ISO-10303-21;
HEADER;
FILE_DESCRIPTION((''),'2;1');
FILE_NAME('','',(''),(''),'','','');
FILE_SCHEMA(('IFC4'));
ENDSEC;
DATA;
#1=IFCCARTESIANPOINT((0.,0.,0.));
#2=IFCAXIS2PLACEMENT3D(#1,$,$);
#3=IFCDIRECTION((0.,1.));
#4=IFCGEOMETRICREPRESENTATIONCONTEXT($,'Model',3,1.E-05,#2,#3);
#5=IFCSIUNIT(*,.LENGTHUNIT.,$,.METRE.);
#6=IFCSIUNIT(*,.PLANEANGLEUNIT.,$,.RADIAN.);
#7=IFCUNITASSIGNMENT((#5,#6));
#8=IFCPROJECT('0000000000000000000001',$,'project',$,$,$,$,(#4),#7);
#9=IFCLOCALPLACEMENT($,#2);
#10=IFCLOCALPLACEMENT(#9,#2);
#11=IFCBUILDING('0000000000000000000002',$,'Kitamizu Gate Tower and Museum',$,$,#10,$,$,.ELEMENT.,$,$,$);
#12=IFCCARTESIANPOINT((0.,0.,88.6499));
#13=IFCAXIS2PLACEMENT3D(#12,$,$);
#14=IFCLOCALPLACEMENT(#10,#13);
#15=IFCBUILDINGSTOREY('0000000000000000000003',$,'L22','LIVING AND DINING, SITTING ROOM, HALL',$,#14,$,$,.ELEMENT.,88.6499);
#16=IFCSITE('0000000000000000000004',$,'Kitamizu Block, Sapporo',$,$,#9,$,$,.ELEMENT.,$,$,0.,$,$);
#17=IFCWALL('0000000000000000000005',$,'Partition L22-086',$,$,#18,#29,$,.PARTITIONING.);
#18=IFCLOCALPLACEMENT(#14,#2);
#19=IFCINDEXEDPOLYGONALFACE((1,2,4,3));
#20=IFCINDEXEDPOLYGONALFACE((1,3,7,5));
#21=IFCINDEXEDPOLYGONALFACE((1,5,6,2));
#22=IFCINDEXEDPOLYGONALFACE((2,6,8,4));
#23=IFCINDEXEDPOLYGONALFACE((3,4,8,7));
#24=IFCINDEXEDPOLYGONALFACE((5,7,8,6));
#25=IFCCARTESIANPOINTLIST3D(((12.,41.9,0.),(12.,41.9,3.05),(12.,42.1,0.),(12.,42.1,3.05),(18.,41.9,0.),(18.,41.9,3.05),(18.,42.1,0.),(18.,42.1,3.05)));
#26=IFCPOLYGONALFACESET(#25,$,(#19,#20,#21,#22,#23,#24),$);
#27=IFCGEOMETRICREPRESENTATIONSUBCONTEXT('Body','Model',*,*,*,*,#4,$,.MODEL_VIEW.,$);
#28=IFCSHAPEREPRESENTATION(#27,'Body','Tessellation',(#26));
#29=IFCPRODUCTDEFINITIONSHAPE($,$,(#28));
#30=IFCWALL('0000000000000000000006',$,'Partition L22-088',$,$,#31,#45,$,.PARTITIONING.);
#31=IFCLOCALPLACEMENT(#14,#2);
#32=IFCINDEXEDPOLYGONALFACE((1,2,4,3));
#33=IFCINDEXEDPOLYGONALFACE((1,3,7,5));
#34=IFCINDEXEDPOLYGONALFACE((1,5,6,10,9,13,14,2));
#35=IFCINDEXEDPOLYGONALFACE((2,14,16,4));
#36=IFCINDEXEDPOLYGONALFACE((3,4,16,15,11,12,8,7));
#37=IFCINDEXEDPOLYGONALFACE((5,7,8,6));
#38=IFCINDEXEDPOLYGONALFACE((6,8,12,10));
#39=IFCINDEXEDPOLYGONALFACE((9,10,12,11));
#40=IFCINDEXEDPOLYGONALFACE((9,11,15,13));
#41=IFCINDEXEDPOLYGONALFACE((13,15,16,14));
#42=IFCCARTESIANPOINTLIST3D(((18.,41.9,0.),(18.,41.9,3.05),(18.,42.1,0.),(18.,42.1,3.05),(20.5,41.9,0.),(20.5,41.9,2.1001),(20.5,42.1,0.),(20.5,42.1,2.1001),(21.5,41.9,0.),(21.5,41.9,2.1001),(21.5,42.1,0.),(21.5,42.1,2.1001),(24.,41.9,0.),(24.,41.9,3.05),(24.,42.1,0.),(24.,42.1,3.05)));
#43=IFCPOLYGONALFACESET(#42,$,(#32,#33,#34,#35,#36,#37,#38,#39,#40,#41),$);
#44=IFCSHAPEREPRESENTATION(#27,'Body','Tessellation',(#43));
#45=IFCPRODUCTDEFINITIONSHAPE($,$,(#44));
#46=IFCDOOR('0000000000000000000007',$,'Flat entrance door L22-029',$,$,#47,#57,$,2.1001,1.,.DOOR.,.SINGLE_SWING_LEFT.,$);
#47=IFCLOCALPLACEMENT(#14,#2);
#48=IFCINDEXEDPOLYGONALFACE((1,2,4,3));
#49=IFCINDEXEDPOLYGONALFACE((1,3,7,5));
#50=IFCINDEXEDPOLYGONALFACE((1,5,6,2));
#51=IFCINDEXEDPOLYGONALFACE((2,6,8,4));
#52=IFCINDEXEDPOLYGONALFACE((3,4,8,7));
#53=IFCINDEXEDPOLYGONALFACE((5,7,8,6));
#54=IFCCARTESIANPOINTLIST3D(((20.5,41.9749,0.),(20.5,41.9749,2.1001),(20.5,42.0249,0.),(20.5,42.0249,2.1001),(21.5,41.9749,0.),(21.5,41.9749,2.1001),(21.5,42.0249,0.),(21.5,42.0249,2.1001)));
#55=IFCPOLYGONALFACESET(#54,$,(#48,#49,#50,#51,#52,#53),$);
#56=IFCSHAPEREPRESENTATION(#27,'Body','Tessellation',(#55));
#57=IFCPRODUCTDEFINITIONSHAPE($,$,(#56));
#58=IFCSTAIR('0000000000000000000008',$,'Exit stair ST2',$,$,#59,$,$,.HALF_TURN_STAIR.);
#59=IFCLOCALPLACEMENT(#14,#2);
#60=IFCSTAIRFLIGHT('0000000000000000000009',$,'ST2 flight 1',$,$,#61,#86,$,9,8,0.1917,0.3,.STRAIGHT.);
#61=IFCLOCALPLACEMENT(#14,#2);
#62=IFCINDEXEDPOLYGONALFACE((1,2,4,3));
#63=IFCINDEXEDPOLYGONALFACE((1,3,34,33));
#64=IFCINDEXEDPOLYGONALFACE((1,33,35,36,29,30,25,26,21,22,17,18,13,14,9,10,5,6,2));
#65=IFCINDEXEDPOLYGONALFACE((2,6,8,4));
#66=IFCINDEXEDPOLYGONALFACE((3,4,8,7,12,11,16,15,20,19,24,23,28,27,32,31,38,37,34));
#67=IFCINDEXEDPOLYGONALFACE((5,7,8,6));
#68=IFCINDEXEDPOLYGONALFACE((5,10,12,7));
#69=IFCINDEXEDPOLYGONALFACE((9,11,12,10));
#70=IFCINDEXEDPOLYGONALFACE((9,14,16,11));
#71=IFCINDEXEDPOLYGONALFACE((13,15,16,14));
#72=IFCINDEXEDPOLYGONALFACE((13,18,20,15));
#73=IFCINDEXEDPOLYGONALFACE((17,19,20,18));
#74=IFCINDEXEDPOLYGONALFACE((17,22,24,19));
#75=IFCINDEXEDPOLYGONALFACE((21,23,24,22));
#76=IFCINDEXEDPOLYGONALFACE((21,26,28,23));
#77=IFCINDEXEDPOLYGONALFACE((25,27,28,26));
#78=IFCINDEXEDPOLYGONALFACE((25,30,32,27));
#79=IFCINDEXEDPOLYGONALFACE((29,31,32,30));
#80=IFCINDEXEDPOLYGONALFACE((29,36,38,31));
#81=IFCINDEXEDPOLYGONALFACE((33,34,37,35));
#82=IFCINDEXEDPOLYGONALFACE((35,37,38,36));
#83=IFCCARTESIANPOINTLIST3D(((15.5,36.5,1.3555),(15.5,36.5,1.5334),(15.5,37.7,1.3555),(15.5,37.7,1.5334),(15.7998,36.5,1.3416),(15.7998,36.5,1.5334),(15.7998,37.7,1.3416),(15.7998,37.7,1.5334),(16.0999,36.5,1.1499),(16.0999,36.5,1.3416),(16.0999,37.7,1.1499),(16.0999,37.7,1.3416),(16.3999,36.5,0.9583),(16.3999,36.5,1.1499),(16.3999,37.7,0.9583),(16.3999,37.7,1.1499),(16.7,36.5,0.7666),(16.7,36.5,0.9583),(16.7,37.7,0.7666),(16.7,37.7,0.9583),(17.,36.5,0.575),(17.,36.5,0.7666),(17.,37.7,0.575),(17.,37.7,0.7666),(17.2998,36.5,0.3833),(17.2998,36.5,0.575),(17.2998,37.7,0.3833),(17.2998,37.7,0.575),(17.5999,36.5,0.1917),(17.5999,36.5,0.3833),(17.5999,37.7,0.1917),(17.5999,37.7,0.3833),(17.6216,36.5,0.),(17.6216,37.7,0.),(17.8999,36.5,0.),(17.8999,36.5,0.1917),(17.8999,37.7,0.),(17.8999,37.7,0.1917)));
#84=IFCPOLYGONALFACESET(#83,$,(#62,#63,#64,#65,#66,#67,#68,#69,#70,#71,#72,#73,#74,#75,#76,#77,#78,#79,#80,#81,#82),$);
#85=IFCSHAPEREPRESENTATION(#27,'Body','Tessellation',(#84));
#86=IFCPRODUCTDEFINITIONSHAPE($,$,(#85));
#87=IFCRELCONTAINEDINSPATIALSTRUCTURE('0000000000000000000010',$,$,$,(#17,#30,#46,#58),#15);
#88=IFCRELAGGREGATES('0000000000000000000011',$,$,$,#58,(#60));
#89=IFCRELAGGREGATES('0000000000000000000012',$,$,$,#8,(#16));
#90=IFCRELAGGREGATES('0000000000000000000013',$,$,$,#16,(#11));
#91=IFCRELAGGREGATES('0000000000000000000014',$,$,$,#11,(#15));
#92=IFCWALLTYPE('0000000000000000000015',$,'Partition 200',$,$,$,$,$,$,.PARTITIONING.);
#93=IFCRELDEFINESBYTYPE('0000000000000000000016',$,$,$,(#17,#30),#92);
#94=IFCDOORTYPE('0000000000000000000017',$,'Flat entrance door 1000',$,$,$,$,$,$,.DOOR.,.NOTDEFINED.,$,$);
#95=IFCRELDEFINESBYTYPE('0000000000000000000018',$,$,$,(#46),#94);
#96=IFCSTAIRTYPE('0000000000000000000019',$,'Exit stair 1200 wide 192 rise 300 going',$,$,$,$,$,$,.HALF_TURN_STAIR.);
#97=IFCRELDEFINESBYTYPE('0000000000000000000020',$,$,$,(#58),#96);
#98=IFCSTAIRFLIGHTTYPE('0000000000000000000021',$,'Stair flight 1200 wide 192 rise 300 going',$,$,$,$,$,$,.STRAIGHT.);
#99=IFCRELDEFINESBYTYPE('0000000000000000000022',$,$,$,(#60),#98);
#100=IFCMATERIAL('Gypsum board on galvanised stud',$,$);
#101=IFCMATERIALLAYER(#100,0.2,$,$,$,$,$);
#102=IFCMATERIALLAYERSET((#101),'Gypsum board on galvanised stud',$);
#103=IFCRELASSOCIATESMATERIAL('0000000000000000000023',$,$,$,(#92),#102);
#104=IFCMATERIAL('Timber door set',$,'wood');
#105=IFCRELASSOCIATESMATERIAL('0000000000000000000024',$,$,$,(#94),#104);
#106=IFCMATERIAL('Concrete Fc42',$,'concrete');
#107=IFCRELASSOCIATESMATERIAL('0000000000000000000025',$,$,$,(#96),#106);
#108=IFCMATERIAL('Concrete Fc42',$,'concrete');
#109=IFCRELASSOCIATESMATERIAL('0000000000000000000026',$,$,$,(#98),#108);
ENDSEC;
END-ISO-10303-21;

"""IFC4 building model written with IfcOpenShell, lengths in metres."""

from ifc_helpers import new_model, si_unit, direction, frame, frame_2d, origin, place, context, subcontext, project, spatial, polyline, rectangle, outline, extrude, material, layer, layer_set, type_object, element, fill, aggregate, save


model = new_model("IFC4")

# Units and contexts
model_context = context("Model", 3, precision=1e-05, world=origin(), true_north=direction((0.0, 1.0)))
body_context = subcontext(model_context, "Body", "Model", "MODEL_VIEW")
ifc_project = project(units=[si_unit("LENGTHUNIT", "METRE"), si_unit("PLANEANGLEUNIT", "RADIAN")], contexts=[model_context])

# Site, building, storey
site_placement = place(None, origin())
site = spatial("IfcSite", under=ifc_project, at=site_placement, Name="Kitamizu Block, Sapporo", CompositionType="ELEMENT", RefElevation=0.0)
building_placement = place(site_placement, origin())
building = spatial("IfcBuilding", under=site, at=building_placement, Name="Kitamizu Gate Tower and Museum", CompositionType="ELEMENT")
storey_placement = place(building_placement, frame((0.0, 0.0, 88.6499)))
storey = spatial("IfcBuildingStorey", under=building, at=storey_placement, Name="L22", Description="LIVING AND DINING, SITTING ROOM, HALL", CompositionType="ELEMENT", Elevation=88.6499)

# Wall
ifc_material_1 = material(Name="Gypsum board on galvanised stud")
ifc_layer_1 = layer(ifc_material_1, 0.2)
ifc_layer_set_1 = layer_set([ifc_layer_1], Name="Gypsum board on galvanised stud")
wall_type_1 = type_object("IfcWallType", Name="Partition 200", PredefinedType="PARTITIONING", material=ifc_layer_set_1)
wall_1_placement = place(storey_placement, frame((12.0, 42.0, 0.0), z_axis=(0.0, 0.0, 1.0), x_axis=(1.0, 0.0, 0.0)))
element("IfcWall", 1, at=wall_1_placement, inside=storey, type_object=wall_type_1, Name="Partition L22-086", PredefinedType="PARTITIONING", context=body_context, shape_type="SweptSolid", body=[
    extrude(rectangle(XDim=6.0, YDim=0.2, at=frame_2d((3.0, 0.0))), origin(), (0.0, 0.0, 1.0), 3.05),
])

# Wall, opening, door
wall_2_placement = place(storey_placement, frame((18.0, 42.0, 0.0), z_axis=(0.0, 0.0, 1.0), x_axis=(1.0, 0.0, 0.0)))
wall_2 = element("IfcWall", 2, at=wall_2_placement, inside=storey, type_object=wall_type_1, Name="Partition L22-088", PredefinedType="PARTITIONING", context=body_context, shape_type="SweptSolid", body=[
    extrude(rectangle(XDim=6.0, YDim=0.2, at=frame_2d((3.0, 0.0))), origin(), (0.0, 0.0, 1.0), 3.05),
])
opening_1_placement = place(wall_2_placement, frame((2.5, 0.0, 0.0)))
opening_1 = element("IfcOpeningElement", 3, at=opening_1_placement, cuts=wall_2, PredefinedType="OPENING", context=body_context, shape_type="SweptSolid", body=[
    extrude(rectangle(XDim=1.0, YDim=2.1001, at=frame_2d((0.5, 1.05))), frame((0.0, 0.1099, 0.0), z_axis=(0.0, -1.0, 0.0), x_axis=(1.0, 0.0, 0.0)), (0.0, 0.0, 1.0), 0.22),
])
ifc_material_2 = material(Name="Timber door set", Category="wood")
door_type_1 = type_object("IfcDoorType", Name="Flat entrance door 1000", OperationType="NOTDEFINED", PredefinedType="DOOR", material=ifc_material_2)
door_1_placement = place(opening_1_placement, origin())
door_1 = element("IfcDoor", 4, at=door_1_placement, inside=storey, type_object=door_type_1, Name="Flat entrance door L22-029", OperationType="SINGLE_SWING_LEFT", OverallHeight=2.1001, OverallWidth=1.0, PredefinedType="DOOR", context=body_context, shape_type="SweptSolid", body=[
    extrude(rectangle(XDim=1.0, YDim=2.1001, at=frame_2d((0.5, 1.05))), frame((0.0, 0.0249, 0.0), z_axis=(0.0, -1.0, 0.0), x_axis=(1.0, 0.0, 0.0)), (0.0, 0.0, 1.0), 0.05),
])
fill(opening_1, door_1)

# Stair, stair flight
ifc_material_3 = material(Name="Concrete Fc42", Category="concrete")
stair_type = type_object("IfcStairType", Name="Exit stair 1200 wide 192 rise 300 going", PredefinedType="HALF_TURN_STAIR", material=ifc_material_3)
stair_placement = place(storey_placement, origin())
stair = element("IfcStair", 5, at=stair_placement, inside=storey, type_object=stair_type, Name="Exit stair ST2", PredefinedType="HALF_TURN_STAIR")
ifc_material_4 = material(Name="Concrete Fc42", Category="concrete")
stair_flight_type = type_object("IfcStairFlightType", Name="Stair flight 1200 wide 192 rise 300 going", PredefinedType="STRAIGHT", material=ifc_material_4)
stair_flight_placement = place(storey_placement, frame((17.8999, 37.1001, 0.0), z_axis=(0.0, 0.0, 1.0), x_axis=(-1.0, 0.0, 0.0)))
stair_flight = element("IfcStairFlight", 6, at=stair_flight_placement, type_object=stair_flight_type, Name="ST2 flight 1", NumberOfRisers=9, NumberOfTreads=8, PredefinedType="STRAIGHT", RiserHeight=0.1917, TreadLength=0.3, context=body_context, shape_type="SweptSolid", body=[
    extrude(outline(polyline([(0.0, 0.0), (0.0, 0.1917), (0.3, 0.1917), (0.3, 0.3833), (0.6001, 0.3833), (0.6001, 0.575), (0.8999, 0.575), (0.8999, 0.7666), (1.2, 0.7666), (1.2, 0.9583), (1.5, 0.9583), (1.5, 1.1499), (1.8, 1.1499), (1.8, 1.3416), (2.1001, 1.3416), (2.1001, 1.5334), (2.3999, 1.5334), (2.3999, 1.7251), (2.3999, 1.3555), (0.2783, 0.0), (0.0, 0.0)])), frame((0.0, 0.6001, 0.0), z_axis=(0.0, -1.0, 0.0), x_axis=(1.0, 0.0, 0.0)), (0.0, 0.0, 1.0), 1.2),
])
aggregate(stair, [stair_flight])

save(model, "model.ifc")
